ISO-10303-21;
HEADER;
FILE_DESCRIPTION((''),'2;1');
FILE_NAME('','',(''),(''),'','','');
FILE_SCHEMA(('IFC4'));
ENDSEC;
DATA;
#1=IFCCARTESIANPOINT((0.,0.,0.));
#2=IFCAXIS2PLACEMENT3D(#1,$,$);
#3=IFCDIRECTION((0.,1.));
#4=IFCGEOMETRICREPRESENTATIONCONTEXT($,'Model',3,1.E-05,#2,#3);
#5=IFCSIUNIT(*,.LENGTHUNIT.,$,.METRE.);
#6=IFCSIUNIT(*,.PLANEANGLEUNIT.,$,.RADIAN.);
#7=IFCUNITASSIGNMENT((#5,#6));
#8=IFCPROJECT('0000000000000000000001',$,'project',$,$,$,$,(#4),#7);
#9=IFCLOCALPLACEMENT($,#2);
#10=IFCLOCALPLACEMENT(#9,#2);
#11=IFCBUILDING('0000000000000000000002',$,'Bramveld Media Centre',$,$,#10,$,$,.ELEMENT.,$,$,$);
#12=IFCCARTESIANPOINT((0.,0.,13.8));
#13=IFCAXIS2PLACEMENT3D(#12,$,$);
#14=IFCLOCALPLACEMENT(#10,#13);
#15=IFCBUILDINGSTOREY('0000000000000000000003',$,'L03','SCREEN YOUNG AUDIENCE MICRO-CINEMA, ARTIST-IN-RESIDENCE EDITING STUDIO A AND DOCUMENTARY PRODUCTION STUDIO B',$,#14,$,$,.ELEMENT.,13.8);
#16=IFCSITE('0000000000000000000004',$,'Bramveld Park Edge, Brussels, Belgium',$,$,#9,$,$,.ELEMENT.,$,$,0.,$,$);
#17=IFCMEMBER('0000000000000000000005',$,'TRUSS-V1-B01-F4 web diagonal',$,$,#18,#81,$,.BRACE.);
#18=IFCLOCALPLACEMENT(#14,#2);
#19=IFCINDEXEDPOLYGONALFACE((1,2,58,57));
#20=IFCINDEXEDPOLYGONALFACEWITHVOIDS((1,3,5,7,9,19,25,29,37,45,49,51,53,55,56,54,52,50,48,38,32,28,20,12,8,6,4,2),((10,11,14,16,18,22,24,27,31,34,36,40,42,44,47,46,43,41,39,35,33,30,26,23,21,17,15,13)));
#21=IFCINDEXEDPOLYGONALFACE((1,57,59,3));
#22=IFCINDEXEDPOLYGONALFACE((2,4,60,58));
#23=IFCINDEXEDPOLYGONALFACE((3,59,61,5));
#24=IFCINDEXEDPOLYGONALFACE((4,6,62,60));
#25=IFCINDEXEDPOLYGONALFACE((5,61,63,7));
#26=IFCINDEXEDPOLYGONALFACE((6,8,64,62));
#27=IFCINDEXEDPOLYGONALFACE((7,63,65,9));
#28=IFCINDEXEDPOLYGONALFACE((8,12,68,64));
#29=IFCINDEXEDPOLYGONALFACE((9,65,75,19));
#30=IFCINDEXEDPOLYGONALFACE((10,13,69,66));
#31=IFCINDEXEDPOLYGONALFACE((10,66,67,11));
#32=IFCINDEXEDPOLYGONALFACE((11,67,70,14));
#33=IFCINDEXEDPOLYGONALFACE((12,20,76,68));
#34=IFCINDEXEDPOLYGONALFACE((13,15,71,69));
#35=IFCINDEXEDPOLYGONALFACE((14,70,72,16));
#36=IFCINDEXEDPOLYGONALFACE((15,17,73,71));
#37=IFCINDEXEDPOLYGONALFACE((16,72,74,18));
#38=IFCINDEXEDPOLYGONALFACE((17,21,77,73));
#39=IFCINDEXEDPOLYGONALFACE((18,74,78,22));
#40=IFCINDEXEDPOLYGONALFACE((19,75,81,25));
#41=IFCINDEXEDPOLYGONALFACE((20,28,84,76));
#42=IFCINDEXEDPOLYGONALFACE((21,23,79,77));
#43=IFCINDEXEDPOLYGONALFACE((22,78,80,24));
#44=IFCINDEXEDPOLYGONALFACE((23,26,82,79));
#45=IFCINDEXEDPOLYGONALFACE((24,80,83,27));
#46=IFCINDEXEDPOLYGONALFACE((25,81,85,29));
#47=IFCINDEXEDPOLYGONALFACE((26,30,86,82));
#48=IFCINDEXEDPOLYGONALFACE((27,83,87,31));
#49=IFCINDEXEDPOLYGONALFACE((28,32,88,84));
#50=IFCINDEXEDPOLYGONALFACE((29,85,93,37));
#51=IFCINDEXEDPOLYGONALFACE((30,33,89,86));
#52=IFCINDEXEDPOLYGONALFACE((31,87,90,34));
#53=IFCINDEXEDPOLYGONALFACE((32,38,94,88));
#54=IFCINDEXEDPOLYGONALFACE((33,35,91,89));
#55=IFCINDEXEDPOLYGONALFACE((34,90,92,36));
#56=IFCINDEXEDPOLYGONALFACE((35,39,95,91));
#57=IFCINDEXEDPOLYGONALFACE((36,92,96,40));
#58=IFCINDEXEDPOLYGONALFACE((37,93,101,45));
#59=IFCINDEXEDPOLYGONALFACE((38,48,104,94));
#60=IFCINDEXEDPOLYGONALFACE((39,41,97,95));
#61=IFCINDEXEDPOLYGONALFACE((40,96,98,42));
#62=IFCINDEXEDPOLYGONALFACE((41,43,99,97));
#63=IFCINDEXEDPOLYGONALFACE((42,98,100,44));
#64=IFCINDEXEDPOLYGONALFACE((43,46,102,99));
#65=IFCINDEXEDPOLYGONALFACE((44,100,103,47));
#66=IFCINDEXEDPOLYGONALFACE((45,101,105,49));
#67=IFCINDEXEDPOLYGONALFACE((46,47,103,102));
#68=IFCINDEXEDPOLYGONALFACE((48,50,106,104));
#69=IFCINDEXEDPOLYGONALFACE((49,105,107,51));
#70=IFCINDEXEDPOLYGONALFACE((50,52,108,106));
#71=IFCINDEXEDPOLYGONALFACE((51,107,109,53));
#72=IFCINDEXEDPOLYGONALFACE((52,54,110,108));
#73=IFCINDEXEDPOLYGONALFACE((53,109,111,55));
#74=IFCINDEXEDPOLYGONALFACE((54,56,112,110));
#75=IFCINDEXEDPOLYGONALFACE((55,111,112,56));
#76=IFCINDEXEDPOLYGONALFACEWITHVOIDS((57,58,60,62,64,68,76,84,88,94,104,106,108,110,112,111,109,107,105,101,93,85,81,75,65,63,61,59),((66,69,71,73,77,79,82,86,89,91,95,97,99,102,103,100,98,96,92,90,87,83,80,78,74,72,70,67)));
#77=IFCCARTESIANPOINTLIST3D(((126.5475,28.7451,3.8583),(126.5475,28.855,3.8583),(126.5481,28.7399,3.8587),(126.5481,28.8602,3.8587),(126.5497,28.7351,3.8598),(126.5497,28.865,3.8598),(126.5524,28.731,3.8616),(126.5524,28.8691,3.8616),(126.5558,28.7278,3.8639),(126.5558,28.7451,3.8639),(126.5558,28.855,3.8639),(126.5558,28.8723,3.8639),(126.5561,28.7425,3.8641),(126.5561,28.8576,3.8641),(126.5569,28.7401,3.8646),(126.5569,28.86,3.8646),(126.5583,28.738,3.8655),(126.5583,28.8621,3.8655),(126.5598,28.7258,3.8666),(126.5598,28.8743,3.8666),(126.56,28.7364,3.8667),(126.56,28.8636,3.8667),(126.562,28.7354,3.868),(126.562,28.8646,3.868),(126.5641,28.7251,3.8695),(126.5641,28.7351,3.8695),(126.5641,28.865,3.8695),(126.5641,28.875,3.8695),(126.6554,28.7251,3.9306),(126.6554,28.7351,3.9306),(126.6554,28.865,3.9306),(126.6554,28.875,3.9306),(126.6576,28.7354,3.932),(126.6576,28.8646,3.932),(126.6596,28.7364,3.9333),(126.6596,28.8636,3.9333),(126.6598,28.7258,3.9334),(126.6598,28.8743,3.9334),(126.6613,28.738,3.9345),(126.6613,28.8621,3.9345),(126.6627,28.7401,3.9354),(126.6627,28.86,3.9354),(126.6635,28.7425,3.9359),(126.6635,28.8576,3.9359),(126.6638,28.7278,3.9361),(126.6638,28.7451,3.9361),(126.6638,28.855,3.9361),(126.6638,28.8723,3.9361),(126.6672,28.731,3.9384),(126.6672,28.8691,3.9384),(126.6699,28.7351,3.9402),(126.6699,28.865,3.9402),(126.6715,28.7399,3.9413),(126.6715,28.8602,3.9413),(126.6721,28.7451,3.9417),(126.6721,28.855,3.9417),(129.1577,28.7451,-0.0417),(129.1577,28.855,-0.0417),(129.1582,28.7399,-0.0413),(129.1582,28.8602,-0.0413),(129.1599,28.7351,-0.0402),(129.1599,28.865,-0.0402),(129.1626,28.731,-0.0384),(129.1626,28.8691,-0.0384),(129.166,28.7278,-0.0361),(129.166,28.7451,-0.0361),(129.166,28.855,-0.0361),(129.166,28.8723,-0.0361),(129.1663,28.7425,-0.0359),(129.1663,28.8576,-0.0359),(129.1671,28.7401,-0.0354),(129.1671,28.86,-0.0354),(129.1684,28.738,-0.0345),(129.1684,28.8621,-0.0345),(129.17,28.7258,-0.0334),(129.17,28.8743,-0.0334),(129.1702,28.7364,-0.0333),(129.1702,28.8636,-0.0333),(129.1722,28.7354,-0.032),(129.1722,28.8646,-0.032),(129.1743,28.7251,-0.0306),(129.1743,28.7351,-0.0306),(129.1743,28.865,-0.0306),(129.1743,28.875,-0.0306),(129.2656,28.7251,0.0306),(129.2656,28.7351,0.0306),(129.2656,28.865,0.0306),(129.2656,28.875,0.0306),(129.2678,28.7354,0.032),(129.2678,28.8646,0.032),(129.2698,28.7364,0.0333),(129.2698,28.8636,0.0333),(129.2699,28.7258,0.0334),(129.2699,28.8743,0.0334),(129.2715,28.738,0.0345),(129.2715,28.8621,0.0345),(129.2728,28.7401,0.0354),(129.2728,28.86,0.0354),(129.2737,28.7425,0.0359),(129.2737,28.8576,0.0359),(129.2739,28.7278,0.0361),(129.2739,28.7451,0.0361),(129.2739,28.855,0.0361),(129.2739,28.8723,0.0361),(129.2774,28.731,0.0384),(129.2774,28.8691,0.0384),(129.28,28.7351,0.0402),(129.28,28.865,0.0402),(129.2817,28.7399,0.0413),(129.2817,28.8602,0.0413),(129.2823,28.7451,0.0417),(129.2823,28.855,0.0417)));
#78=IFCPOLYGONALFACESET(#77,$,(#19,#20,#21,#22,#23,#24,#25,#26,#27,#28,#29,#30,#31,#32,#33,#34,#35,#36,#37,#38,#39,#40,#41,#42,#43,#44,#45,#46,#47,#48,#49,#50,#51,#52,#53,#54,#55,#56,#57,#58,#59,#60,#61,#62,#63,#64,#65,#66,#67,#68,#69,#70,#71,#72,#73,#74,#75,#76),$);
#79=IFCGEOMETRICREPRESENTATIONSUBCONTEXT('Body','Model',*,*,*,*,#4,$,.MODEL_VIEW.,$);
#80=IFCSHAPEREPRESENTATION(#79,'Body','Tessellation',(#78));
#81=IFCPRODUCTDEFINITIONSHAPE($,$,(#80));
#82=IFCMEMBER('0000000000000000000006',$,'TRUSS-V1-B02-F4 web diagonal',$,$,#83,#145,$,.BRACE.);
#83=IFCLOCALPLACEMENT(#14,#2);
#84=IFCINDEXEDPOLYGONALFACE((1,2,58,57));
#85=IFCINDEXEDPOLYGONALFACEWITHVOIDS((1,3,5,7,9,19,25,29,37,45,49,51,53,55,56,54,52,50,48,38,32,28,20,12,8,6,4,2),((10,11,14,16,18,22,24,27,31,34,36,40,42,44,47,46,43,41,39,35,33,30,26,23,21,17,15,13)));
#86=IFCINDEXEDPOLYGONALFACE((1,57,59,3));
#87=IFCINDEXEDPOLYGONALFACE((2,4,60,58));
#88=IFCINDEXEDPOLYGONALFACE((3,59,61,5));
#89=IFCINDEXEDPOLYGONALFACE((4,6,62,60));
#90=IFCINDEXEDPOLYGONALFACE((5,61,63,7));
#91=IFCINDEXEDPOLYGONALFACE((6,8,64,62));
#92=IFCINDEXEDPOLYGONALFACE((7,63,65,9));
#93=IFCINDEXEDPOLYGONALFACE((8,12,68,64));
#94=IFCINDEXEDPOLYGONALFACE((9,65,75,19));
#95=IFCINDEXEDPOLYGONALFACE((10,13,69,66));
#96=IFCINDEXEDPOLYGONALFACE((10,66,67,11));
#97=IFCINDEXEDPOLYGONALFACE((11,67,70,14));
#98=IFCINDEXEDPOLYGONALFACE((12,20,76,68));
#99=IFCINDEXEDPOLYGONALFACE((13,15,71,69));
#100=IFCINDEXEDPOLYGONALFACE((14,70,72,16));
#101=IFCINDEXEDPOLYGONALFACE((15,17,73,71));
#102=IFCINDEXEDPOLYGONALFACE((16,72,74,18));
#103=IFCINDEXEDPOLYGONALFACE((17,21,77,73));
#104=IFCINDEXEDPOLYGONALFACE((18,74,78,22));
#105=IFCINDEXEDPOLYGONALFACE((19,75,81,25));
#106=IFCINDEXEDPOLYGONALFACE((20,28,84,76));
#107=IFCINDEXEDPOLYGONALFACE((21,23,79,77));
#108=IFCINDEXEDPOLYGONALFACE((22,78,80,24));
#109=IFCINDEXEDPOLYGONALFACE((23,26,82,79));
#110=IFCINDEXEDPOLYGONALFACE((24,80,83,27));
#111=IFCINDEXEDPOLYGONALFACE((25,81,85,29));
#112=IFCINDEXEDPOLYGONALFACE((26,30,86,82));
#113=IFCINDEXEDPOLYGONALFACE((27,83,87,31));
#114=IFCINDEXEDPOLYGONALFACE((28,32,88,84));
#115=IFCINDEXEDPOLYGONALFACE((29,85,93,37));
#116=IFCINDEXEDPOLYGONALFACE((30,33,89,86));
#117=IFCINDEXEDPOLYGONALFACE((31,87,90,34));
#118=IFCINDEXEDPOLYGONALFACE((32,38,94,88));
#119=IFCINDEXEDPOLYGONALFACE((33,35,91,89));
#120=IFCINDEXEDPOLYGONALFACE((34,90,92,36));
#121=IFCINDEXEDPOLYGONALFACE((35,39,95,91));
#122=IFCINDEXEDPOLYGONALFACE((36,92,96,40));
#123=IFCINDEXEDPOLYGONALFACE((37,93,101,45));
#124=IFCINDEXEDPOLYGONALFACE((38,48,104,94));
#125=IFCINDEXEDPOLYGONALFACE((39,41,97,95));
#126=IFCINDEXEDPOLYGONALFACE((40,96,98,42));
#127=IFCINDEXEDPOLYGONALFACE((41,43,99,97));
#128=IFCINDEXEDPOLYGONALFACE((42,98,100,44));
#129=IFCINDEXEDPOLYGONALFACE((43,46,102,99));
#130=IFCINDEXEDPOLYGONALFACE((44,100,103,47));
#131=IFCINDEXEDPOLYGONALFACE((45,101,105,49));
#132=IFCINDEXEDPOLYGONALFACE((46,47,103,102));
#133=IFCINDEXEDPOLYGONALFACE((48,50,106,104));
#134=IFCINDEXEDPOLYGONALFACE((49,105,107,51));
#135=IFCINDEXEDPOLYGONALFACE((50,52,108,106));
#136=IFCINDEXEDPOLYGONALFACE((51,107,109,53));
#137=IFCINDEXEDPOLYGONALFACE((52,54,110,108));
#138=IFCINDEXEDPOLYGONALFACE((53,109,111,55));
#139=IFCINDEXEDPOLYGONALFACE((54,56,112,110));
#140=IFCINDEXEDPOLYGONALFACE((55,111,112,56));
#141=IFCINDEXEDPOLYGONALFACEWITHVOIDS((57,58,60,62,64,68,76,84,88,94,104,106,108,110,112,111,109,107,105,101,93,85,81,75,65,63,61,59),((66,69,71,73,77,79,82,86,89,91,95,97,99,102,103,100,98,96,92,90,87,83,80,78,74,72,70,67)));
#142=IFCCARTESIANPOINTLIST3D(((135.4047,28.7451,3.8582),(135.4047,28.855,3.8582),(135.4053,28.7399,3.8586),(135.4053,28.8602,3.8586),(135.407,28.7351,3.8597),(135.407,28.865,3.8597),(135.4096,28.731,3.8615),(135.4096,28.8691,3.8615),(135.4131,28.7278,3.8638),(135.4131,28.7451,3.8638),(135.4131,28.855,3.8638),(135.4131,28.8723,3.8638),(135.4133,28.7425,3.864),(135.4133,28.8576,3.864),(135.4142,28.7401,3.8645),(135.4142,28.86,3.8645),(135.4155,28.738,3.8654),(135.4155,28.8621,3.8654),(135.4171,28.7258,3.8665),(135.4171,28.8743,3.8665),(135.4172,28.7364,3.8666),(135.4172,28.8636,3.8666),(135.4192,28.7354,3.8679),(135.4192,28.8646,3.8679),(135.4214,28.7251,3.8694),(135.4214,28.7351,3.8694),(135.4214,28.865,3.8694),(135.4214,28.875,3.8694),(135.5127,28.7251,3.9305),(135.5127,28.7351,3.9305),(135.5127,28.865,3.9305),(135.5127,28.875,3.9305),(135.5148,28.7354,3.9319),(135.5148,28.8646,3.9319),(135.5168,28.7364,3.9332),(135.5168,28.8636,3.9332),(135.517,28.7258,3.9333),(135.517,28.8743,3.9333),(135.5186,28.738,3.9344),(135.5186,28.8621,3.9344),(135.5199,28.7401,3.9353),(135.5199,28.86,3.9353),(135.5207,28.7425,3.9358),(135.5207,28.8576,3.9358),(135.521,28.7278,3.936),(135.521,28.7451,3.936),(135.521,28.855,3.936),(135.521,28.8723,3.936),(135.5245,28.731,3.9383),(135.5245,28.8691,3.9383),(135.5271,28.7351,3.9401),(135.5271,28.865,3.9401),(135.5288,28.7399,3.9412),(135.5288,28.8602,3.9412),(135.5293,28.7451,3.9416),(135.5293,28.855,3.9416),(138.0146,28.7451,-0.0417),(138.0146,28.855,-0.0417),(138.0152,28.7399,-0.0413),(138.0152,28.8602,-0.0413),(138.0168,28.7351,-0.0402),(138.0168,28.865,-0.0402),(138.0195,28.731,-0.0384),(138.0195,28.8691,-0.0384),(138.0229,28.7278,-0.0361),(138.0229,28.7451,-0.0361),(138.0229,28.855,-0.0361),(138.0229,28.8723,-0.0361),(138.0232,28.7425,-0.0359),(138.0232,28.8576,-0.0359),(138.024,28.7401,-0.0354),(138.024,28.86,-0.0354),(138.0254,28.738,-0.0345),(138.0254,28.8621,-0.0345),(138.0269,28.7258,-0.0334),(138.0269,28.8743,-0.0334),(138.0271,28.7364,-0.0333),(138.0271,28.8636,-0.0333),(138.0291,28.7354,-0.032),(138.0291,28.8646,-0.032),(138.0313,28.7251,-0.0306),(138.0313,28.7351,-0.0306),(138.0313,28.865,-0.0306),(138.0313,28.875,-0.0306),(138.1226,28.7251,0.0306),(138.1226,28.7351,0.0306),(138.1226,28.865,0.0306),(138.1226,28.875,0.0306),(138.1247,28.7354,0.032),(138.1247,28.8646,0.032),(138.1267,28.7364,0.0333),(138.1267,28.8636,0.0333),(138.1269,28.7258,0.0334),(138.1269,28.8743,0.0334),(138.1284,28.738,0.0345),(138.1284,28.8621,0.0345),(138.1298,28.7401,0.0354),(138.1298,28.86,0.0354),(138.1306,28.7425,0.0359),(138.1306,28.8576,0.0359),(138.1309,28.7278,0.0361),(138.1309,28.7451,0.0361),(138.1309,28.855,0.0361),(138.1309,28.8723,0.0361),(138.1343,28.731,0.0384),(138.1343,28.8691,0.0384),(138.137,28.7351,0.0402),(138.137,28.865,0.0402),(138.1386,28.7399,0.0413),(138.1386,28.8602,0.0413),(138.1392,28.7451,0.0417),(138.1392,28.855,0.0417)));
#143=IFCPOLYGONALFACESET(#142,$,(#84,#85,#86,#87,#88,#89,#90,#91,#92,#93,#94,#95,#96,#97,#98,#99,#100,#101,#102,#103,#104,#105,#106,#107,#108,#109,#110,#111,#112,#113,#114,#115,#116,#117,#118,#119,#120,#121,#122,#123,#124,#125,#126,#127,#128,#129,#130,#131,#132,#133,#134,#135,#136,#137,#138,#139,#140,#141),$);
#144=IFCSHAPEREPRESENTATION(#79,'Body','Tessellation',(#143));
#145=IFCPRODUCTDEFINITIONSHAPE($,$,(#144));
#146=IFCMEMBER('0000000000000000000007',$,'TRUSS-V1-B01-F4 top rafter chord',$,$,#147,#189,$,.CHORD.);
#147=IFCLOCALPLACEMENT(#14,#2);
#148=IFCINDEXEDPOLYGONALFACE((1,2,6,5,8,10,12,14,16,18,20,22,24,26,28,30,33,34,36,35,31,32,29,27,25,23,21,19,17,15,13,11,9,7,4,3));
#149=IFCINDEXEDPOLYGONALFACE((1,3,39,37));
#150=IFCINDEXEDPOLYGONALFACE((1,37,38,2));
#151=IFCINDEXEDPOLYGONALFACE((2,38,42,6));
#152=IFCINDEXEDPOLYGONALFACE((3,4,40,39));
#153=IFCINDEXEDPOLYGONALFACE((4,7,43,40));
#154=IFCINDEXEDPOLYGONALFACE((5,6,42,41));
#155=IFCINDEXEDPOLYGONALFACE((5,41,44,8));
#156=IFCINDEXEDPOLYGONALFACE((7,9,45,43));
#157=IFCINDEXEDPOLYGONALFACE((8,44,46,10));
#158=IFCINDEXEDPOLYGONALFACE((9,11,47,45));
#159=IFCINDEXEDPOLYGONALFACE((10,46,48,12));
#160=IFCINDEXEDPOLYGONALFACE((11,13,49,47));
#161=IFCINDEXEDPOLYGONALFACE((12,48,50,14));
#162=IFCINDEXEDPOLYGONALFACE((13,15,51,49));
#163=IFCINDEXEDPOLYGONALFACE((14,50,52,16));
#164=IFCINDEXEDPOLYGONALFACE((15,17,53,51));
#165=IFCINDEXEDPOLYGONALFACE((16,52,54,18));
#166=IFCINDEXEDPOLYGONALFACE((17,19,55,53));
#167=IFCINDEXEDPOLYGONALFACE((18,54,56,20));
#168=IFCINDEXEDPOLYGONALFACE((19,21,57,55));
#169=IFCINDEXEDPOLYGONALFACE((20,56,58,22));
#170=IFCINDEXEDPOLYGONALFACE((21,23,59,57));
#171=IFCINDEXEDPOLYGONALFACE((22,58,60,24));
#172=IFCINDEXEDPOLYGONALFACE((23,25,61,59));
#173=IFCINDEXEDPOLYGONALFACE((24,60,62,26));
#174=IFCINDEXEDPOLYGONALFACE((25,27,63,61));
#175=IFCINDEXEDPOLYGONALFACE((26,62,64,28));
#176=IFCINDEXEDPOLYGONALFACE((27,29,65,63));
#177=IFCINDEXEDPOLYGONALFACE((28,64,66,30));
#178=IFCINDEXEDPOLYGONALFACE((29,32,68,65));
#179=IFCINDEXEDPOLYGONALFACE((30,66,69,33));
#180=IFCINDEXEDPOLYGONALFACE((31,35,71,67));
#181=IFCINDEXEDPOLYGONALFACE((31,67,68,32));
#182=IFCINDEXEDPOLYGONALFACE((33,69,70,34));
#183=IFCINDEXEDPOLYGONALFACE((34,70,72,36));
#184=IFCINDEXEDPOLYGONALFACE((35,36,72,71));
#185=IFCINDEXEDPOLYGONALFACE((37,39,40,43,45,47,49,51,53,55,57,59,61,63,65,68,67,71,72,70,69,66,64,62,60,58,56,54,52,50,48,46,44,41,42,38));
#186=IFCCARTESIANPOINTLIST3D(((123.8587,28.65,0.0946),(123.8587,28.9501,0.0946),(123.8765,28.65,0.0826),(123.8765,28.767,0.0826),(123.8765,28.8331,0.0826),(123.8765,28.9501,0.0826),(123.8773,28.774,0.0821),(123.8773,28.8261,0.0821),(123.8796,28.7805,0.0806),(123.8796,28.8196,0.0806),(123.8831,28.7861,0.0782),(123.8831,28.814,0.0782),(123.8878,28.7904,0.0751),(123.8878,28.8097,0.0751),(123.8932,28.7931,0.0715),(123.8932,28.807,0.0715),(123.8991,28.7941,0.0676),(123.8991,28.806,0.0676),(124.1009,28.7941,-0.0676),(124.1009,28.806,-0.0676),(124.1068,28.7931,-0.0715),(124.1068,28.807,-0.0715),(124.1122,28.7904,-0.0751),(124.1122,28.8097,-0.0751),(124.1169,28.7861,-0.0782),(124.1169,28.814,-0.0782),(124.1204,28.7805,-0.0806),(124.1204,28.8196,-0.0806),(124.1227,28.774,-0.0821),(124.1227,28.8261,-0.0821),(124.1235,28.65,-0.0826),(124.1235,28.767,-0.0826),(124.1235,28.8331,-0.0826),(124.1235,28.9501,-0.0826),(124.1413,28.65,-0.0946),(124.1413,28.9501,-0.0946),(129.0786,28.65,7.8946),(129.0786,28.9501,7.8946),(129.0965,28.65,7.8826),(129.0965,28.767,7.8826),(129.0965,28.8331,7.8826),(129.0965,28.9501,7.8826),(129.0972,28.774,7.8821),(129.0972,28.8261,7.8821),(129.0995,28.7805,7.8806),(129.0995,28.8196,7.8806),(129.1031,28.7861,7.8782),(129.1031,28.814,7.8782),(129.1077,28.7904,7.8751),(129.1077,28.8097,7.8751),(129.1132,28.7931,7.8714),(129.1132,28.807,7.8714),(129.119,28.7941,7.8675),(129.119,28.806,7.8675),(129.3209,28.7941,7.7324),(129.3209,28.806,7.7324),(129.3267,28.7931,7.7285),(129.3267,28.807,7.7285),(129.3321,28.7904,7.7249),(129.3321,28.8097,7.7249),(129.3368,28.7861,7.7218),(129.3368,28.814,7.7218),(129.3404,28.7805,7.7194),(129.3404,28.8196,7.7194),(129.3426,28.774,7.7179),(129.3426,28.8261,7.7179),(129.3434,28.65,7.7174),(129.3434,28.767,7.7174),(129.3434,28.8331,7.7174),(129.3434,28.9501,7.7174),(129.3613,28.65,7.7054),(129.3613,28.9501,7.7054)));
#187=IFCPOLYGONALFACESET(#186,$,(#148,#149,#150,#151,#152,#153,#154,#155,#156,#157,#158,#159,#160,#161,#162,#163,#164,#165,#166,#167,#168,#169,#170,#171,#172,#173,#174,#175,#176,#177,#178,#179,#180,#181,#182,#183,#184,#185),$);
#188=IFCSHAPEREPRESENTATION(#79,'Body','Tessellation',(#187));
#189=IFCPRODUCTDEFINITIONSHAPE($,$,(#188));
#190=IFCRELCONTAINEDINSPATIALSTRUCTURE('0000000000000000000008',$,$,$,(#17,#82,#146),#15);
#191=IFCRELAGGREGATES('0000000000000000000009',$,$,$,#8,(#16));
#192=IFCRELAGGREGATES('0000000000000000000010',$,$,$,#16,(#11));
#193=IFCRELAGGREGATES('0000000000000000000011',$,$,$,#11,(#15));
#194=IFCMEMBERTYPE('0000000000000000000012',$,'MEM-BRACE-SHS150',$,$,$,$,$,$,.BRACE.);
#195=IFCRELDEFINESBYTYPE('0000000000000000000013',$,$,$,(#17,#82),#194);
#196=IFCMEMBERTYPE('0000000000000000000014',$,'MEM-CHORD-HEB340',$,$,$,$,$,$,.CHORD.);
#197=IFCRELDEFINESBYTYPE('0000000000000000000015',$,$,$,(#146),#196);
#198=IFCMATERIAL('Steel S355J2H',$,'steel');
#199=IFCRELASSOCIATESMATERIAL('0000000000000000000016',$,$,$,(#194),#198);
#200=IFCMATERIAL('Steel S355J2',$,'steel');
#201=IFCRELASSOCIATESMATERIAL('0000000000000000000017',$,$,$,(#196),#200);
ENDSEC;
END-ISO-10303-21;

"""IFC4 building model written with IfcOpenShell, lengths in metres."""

from ifc_helpers import new_model, si_unit, direction, frame, origin, origin_2d, place, context, subcontext, project, spatial, hollow_rectangle, i_section, extrude, material, material_profile, profile_set, type_object, element, save


model = new_model("IFC4")

# Units and contexts
model_context = context("Model", 3, precision=1e-05, world=origin(), true_north=direction((0.0, 1.0)))
body_context = subcontext(model_context, "Body", "Model", "MODEL_VIEW")
ifc_project = project(units=[si_unit("LENGTHUNIT", "METRE"), si_unit("PLANEANGLEUNIT", "RADIAN")], contexts=[model_context])

# Site, building, storey
site_placement = place(None, origin())
site = spatial("IfcSite", under=ifc_project, at=site_placement, Name="Bramveld Park Edge, Brussels, Belgium", CompositionType="ELEMENT", RefElevation=0.0)
building_placement = place(site_placement, origin())
building = spatial("IfcBuilding", under=site, at=building_placement, Name="Bramveld Media Centre", CompositionType="ELEMENT")
storey_placement = place(building_placement, frame((0.0, 0.0, 13.8)))
storey = spatial("IfcBuildingStorey", under=building, at=storey_placement, Name="L03", Description="SCREEN YOUNG AUDIENCE MICRO-CINEMA, ARTIST-IN-RESIDENCE EDITING STUDIO A AND DOCUMENTARY PRODUCTION STUDIO B", CompositionType="ELEMENT", Elevation=13.8)

# Members
ifc_material_1 = material(Name="Steel S355J2H", Category="steel")
ifc_material_profile_1 = material_profile(ifc_material_1, hollow_rectangle(XDim=0.1499, YDim=0.1499, WallThickness=0.01, InnerFilletRadius=0.01, OuterFilletRadius=0.02, at=origin_2d()), Name="SHS 150x150x10")
ifc_profile_set_1 = profile_set([ifc_material_profile_1], Name="Steel S355J2H")
member_type_1 = type_object("IfcMemberType", Name="MEM-BRACE-SHS150", PredefinedType="BRACE", material=ifc_profile_set_1)
member_1_placement = place(storey_placement, frame((129.22, 28.8, 0.0), z_axis=(-0.5562, 0.0, 0.831048), x_axis=(0.0, -1.0, 0.0)))
element("IfcMember", 1, at=member_1_placement, inside=storey, type_object=member_type_1, Name="TRUSS-V1-B01-F4 web diagonal", PredefinedType="BRACE", context=body_context, shape_type="SweptSolid", body=[
    extrude(hollow_rectangle(XDim=0.1499, YDim=0.1499, WallThickness=0.01, InnerFilletRadius=0.01, OuterFilletRadius=0.02, at=origin_2d()), origin(), (0.0, 0.0, 1.0), 4.6929),
])
member_2_placement = place(storey_placement, frame((138.0769, 28.8, 0.0), z_axis=(-0.556164, 0.0, 0.831073), x_axis=(0.0, -1.0, 0.0)))
element("IfcMember", 2, at=member_2_placement, inside=storey, type_object=member_type_1, Name="TRUSS-V1-B02-F4 web diagonal", PredefinedType="BRACE", context=body_context, shape_type="SweptSolid", body=[
    extrude(hollow_rectangle(XDim=0.1499, YDim=0.1499, WallThickness=0.01, InnerFilletRadius=0.01, OuterFilletRadius=0.02, at=origin_2d()), origin(), (0.0, 0.0, 1.0), 4.6926),
])
ifc_material_2 = material(Name="Steel S355J2", Category="steel")
ifc_material_profile_2 = material_profile(ifc_material_2, i_section(OverallWidth=0.3, OverallDepth=0.3401, WebThickness=0.012, FlangeThickness=0.0215, FilletRadius=0.0271, at=origin_2d()), Name="HEB 340")
ifc_profile_set_2 = profile_set([ifc_material_profile_2], Name="Steel S355J2")
member_type_2 = type_object("IfcMemberType", Name="MEM-CHORD-HEB340", PredefinedType="CHORD", material=ifc_profile_set_2)
for number, where, z_axis, x_axis, name in (
    (3, (124.0, 28.8, 0.0), (0.55617, 0.0, 0.831069), (0.0, 1.0, 0.0), "TRUSS-V1-B01-F4 top rafter chord"),
):
    element("IfcMember", number, at=place(storey_placement, frame(where, z_axis=z_axis, x_axis=x_axis)), inside=storey, type_object=member_type_2, Name=name, PredefinedType="CHORD", context=body_context, shape_type="SweptSolid", body=[
        extrude(i_section(OverallWidth=0.3, OverallDepth=0.3401, WebThickness=0.012, FlangeThickness=0.0215, FilletRadius=0.0271, at=origin_2d()), origin(), (0.0, 0.0, 1.0), 9.3855),
    ])

save(model, "model.ifc")
